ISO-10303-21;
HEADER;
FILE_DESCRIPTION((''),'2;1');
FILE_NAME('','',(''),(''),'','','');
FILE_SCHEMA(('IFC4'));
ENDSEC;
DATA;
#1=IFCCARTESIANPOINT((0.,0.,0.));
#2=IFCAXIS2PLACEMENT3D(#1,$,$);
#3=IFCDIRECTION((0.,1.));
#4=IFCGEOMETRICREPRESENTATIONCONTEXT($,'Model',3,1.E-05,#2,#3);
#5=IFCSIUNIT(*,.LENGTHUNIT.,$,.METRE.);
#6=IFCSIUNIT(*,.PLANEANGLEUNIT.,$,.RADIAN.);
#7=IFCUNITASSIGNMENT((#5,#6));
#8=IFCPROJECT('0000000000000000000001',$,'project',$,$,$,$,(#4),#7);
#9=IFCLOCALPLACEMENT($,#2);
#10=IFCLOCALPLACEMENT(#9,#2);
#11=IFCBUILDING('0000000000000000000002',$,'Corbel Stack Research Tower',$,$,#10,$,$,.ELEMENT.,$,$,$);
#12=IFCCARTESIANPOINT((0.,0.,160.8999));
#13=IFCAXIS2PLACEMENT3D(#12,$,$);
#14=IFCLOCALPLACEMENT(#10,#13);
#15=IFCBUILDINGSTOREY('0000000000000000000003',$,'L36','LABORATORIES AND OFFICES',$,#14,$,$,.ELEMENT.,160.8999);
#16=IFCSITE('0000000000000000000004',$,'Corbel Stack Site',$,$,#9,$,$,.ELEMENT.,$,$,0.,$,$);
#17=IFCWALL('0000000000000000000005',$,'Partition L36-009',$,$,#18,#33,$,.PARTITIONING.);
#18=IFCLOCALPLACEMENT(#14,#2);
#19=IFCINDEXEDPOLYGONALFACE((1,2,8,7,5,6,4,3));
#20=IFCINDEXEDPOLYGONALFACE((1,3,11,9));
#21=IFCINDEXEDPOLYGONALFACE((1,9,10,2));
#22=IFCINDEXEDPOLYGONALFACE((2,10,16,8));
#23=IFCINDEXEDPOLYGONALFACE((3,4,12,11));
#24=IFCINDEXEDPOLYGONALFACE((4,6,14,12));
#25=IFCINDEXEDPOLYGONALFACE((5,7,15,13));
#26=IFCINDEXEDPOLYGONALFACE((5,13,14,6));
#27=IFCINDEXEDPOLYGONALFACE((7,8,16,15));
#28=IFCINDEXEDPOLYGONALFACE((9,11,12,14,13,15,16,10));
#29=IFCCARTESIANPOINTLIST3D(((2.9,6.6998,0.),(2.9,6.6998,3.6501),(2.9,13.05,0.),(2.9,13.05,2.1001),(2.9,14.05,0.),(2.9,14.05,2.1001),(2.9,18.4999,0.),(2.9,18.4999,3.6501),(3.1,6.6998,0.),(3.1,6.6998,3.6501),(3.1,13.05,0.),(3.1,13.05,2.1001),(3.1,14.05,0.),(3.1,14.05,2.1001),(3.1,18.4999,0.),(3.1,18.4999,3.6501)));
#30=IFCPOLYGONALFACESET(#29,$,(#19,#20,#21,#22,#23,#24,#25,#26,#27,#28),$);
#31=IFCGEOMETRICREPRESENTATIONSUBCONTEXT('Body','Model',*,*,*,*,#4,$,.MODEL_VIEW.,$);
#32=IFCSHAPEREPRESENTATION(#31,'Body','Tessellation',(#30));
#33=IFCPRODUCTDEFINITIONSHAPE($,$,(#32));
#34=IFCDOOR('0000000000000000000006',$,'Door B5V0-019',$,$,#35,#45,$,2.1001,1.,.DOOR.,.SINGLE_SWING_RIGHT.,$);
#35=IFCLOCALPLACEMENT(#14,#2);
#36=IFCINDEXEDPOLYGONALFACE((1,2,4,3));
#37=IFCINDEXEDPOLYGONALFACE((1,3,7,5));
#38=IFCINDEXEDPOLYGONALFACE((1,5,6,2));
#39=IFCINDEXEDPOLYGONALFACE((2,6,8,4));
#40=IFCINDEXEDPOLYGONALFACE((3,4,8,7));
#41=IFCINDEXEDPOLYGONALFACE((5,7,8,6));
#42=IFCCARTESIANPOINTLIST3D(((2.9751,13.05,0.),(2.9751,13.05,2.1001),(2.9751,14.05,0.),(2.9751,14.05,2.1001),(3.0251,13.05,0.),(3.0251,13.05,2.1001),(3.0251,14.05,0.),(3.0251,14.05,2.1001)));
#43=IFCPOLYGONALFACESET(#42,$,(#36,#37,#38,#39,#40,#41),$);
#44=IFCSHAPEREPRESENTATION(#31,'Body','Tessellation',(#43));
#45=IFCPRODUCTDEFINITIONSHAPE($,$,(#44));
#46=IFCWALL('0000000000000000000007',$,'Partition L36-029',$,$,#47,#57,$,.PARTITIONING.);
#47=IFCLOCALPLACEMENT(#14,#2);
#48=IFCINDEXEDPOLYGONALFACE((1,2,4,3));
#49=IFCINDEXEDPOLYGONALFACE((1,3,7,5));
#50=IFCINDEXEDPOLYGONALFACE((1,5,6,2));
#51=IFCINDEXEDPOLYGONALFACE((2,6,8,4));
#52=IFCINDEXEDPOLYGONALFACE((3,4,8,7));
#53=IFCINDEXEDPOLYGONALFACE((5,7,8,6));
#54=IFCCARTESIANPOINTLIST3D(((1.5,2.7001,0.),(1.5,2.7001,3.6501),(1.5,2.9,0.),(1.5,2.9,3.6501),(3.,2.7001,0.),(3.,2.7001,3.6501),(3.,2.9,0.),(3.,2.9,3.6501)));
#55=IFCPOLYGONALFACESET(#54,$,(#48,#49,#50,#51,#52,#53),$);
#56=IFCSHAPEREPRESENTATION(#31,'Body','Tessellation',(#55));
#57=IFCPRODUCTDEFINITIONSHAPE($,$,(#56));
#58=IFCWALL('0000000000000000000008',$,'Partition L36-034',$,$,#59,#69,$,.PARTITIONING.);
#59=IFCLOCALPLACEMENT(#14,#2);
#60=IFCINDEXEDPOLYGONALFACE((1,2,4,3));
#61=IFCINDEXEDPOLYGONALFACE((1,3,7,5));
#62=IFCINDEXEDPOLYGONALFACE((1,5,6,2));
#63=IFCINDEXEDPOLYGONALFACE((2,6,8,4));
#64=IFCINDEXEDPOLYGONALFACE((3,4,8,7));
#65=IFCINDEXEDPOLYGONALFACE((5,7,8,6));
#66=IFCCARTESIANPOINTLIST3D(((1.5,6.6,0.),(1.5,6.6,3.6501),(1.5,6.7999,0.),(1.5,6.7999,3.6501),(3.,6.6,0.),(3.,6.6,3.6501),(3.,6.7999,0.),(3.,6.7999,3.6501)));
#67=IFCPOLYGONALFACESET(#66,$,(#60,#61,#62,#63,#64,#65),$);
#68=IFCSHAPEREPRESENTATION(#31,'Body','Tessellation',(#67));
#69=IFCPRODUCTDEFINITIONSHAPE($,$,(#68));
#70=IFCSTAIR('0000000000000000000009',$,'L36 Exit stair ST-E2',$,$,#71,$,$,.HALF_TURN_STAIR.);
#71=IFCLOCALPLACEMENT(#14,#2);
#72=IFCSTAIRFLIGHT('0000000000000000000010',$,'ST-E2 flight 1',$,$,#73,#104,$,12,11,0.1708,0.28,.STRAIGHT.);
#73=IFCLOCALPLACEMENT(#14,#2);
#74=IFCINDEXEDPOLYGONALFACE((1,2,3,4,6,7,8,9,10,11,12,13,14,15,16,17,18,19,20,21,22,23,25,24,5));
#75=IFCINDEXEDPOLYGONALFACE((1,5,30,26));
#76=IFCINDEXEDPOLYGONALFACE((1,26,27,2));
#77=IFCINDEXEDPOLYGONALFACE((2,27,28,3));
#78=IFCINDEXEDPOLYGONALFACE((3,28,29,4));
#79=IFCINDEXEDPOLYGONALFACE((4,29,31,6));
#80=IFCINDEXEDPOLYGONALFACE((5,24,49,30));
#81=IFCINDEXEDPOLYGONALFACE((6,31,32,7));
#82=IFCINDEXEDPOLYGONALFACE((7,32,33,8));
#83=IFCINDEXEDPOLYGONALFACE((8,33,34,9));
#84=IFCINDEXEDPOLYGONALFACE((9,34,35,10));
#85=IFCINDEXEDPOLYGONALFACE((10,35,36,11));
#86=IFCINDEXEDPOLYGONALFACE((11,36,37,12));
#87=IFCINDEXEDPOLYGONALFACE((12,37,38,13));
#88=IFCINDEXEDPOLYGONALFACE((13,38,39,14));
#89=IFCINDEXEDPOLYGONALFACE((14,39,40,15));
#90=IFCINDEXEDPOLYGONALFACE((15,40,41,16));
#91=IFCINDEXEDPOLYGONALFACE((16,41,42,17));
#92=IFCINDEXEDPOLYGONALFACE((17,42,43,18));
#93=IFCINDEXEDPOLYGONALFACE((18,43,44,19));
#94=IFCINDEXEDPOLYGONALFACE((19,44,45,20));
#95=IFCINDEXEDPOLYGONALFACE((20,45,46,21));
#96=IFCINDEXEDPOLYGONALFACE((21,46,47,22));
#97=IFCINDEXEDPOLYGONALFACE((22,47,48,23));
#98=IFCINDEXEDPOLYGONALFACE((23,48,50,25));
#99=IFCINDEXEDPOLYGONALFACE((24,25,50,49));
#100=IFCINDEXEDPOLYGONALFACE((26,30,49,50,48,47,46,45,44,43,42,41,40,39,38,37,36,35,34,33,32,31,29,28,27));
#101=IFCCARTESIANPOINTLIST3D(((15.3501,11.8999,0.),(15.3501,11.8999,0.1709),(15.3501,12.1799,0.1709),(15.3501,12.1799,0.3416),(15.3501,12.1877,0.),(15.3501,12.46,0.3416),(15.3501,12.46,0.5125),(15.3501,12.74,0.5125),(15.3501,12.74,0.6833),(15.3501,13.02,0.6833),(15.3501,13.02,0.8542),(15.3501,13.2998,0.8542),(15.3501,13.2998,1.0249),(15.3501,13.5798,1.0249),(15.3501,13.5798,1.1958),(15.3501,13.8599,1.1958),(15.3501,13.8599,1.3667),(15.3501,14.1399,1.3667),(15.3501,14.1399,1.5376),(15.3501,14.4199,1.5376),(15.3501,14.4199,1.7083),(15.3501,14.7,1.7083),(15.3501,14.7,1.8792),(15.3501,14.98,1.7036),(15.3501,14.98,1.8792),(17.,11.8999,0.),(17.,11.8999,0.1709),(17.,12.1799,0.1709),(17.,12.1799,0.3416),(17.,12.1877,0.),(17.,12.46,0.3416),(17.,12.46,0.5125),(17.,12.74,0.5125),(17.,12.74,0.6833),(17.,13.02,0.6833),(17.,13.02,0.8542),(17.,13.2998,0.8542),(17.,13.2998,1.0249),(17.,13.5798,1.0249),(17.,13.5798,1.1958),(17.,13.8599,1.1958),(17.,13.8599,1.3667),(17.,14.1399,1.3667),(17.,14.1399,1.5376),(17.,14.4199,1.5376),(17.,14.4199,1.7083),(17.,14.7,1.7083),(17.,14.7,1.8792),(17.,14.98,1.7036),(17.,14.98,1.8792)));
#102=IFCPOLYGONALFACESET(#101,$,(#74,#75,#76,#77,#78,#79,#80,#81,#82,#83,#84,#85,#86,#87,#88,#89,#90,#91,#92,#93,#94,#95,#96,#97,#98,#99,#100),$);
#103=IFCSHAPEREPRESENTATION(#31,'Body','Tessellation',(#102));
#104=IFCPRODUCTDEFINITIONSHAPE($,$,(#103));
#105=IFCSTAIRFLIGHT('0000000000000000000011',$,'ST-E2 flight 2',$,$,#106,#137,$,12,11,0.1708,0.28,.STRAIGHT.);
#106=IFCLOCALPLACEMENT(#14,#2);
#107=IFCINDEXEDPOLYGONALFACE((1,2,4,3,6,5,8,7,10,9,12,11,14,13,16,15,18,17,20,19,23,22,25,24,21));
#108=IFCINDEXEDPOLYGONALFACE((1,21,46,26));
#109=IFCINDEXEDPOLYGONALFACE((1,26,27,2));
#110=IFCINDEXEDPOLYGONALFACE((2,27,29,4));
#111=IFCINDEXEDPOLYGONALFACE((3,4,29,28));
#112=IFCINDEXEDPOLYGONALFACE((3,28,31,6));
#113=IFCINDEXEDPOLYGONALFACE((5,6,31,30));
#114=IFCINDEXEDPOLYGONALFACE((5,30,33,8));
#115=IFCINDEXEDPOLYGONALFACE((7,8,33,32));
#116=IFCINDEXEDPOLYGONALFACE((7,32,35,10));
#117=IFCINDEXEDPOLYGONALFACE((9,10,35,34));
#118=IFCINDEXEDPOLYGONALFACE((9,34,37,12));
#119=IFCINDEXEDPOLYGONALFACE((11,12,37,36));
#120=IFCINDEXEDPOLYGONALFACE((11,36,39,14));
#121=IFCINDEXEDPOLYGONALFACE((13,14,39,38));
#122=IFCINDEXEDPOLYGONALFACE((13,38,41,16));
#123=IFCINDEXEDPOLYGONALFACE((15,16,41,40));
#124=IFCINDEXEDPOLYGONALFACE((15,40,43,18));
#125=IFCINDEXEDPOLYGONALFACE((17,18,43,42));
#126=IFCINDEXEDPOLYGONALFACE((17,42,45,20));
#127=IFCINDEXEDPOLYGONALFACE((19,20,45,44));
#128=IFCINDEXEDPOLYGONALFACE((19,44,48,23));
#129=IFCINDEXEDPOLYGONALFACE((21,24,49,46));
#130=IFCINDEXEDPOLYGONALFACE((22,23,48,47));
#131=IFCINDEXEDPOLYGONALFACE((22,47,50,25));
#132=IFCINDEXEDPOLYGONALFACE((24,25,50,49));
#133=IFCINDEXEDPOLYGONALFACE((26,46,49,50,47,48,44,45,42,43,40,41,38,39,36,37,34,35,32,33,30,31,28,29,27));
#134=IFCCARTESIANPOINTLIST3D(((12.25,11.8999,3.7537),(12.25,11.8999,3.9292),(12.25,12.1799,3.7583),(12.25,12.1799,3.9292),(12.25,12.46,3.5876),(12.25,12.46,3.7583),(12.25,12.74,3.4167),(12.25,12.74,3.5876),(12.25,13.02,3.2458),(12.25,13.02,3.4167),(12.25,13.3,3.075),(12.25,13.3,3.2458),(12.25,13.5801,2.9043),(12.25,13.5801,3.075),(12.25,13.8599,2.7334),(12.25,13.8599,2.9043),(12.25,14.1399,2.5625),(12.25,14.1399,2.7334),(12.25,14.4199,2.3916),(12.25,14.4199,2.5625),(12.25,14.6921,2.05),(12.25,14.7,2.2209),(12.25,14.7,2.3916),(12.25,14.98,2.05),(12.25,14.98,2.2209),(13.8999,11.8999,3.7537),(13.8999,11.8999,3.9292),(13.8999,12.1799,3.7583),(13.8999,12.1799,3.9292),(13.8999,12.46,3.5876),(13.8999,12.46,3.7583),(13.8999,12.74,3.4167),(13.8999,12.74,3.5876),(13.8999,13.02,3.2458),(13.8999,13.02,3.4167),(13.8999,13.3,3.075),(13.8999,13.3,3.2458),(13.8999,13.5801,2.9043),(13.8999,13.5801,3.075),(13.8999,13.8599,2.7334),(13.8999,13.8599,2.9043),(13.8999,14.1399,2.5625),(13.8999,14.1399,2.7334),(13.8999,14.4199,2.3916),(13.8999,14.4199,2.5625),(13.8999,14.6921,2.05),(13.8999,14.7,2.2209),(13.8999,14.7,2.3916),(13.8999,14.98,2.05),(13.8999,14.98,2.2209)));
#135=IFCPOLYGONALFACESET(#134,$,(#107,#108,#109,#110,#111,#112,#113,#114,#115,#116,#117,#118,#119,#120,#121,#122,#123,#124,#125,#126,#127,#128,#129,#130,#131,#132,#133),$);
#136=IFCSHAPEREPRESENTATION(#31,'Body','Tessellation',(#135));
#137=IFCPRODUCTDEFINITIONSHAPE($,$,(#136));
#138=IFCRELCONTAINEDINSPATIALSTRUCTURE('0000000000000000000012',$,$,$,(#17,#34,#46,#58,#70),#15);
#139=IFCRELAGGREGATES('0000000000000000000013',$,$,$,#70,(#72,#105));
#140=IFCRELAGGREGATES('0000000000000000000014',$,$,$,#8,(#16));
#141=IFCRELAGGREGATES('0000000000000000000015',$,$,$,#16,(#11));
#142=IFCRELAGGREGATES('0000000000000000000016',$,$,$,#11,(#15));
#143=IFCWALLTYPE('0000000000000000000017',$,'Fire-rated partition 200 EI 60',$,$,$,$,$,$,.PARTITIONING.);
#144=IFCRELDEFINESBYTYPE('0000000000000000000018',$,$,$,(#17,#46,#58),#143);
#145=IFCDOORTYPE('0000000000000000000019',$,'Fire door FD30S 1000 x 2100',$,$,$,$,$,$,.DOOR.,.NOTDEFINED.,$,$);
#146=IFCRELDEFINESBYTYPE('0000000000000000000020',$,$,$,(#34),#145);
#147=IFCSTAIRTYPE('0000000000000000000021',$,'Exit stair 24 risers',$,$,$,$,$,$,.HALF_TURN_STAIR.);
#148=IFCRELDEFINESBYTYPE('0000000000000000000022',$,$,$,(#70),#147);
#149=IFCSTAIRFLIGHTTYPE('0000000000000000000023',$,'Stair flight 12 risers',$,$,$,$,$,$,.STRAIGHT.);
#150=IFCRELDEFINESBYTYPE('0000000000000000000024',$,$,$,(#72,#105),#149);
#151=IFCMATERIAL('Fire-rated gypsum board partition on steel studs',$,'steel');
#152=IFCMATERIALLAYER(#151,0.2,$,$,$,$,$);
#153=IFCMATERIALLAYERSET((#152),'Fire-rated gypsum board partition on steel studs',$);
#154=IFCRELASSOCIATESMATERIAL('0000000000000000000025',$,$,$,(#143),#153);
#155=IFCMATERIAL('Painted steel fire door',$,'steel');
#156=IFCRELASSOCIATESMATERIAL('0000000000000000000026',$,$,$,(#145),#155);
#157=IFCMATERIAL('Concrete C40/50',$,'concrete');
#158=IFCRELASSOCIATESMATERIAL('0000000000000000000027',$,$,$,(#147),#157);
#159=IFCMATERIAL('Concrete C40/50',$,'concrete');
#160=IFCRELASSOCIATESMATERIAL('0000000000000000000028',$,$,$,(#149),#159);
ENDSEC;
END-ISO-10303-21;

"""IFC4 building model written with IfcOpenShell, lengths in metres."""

from ifc_helpers import new_model, si_unit, direction, frame, frame_2d, origin, place, context, subcontext, project, spatial, polyline, rectangle, outline, extrude, material, layer, layer_set, type_object, element, fill, aggregate, save


model = new_model("IFC4")

# Units and contexts
model_context = context("Model", 3, precision=1e-05, world=origin(), true_north=direction((0.0, 1.0)))
body_context = subcontext(model_context, "Body", "Model", "MODEL_VIEW")
ifc_project = project(units=[si_unit("LENGTHUNIT", "METRE"), si_unit("PLANEANGLEUNIT", "RADIAN")], contexts=[model_context])

# Site, building, storey
site_placement = place(None, origin())
site = spatial("IfcSite", under=ifc_project, at=site_placement, Name="Corbel Stack Site", CompositionType="ELEMENT", RefElevation=0.0)
building_placement = place(site_placement, origin())
building = spatial("IfcBuilding", under=site, at=building_placement, Name="Corbel Stack Research Tower", CompositionType="ELEMENT")
storey_placement = place(building_placement, frame((0.0, 0.0, 160.8999)))
storey = spatial("IfcBuildingStorey", under=building, at=storey_placement, Name="L36", Description="LABORATORIES AND OFFICES", CompositionType="ELEMENT", Elevation=160.8999)

# Wall, opening, door
ifc_material_1 = material(Name="Fire-rated gypsum board partition on steel studs", Category="steel")
ifc_layer_1 = layer(ifc_material_1, 0.2)
ifc_layer_set_1 = layer_set([ifc_layer_1], Name="Fire-rated gypsum board partition on steel studs")
wall_type_1 = type_object("IfcWallType", Name="Fire-rated partition 200 EI 60", PredefinedType="PARTITIONING", material=ifc_layer_set_1)
wall_1_placement = place(storey_placement, frame((3.0, 6.7, 0.0), z_axis=(0.0, 0.0, 1.0), x_axis=(0.0, 1.0, 0.0)))
wall_1 = element("IfcWall", 1, at=wall_1_placement, inside=storey, type_object=wall_type_1, Name="Partition L36-009", PredefinedType="PARTITIONING", context=body_context, shape_type="SweptSolid", body=[
    extrude(rectangle(XDim=11.8, YDim=0.2, at=frame_2d((5.8999, 0.0))), origin(), (0.0, 0.0, 1.0), 3.6501),
])
opening_1_placement = place(wall_1_placement, frame((6.3501, 0.0, 0.0)))
opening_1 = element("IfcOpeningElement", 2, at=opening_1_placement, cuts=wall_1, PredefinedType="OPENING", context=body_context, shape_type="SweptSolid", body=[
    extrude(rectangle(XDim=1.0, YDim=2.1001, at=frame_2d((0.5, 1.05))), frame((0.0, 0.1099, 0.0), z_axis=(0.0, -1.0, 0.0), x_axis=(1.0, 0.0, 0.0)), (0.0, 0.0, 1.0), 0.22),
])
ifc_material_2 = material(Name="Painted steel fire door", Category="steel")
door_type_1 = type_object("IfcDoorType", Name="Fire door FD30S 1000 x 2100", OperationType="NOTDEFINED", PredefinedType="DOOR", material=ifc_material_2)
door_1_placement = place(opening_1_placement, origin())
door_1 = element("IfcDoor", 3, at=door_1_placement, inside=storey, type_object=door_type_1, Name="Door B5V0-019", OperationType="SINGLE_SWING_RIGHT", OverallHeight=2.1001, OverallWidth=1.0, PredefinedType="DOOR", context=body_context, shape_type="SweptSolid", body=[
    extrude(rectangle(XDim=1.0, YDim=2.1001, at=frame_2d((0.5, 1.05))), frame((0.0, 0.0249, 0.0), z_axis=(0.0, -1.0, 0.0), x_axis=(1.0, 0.0, 0.0)), (0.0, 0.0, 1.0), 0.05),
])
fill(opening_1, door_1)

# Walls
for number, where, z_axis, x_axis, name in (
    (4, (1.5, 2.8, 0.0), (0.0, 0.0, 1.0), (1.0, 0.0, 0.0), "Partition L36-029"),
    (5, (1.5, 6.7, 0.0), (0.0, 0.0, 1.0), (1.0, 0.0, 0.0), "Partition L36-034"),
):
    element("IfcWall", number, at=place(storey_placement, frame(where, z_axis=z_axis, x_axis=x_axis)), inside=storey, type_object=wall_type_1, Name=name, PredefinedType="PARTITIONING", context=body_context, shape_type="SweptSolid", body=[
        extrude(rectangle(XDim=1.5, YDim=0.2, at=frame_2d((0.75, 0.0))), origin(), (0.0, 0.0, 1.0), 3.6501),
    ])

# Stair, stair flights
ifc_material_3 = material(Name="Concrete C40/50", Category="concrete")
stair_type = type_object("IfcStairType", Name="Exit stair 24 risers", PredefinedType="HALF_TURN_STAIR", material=ifc_material_3)
stair_placement = place(storey_placement, origin())
stair = element("IfcStair", 6, at=stair_placement, inside=storey, type_object=stair_type, Name="L36 Exit stair ST-E2", PredefinedType="HALF_TURN_STAIR")
ifc_material_4 = material(Name="Concrete C40/50", Category="concrete")
stair_flight_type = type_object("IfcStairFlightType", Name="Stair flight 12 risers", PredefinedType="STRAIGHT", material=ifc_material_4)
stair_flight_1_placement = place(storey_placement, frame((16.175, 11.8999, 0.0), z_axis=(0.0, 0.0, 1.0), x_axis=(0.0, 1.0, 0.0)))
stair_flight_1 = element("IfcStairFlight", 7, at=stair_flight_1_placement, type_object=stair_flight_type, Name="ST-E2 flight 1", NumberOfRisers=12, NumberOfTreads=11, PredefinedType="STRAIGHT", RiserHeight=0.1708, TreadLength=0.28, context=body_context, shape_type="SweptSolid", body=[
    extrude(outline(polyline([(0.0, 0.0), (0.0, 0.1709), (0.28, 0.1709), (0.28, 0.3416), (0.5601, 0.3416), (0.5601, 0.5125), (0.8401, 0.5125), (0.8401, 0.6833), (1.1201, 0.6833), (1.1201, 0.8542), (1.3999, 0.8542), (1.3999, 1.0249), (1.6799, 1.0249), (1.6799, 1.1958), (1.96, 1.1958), (1.96, 1.3667), (2.24, 1.3667), (2.24, 1.5376), (2.52, 1.5376), (2.52, 1.7083), (2.8, 1.7083), (2.8, 1.8792), (3.0801, 1.8792), (3.0801, 2.05), (3.0801, 1.7036), (0.2878, 0.0), (0.0, 0.0)])), frame((0.0, 0.825, 0.0), z_axis=(0.0, -1.0, 0.0), x_axis=(1.0, 0.0, 0.0)), (0.0, 0.0, 1.0), 1.6499),
])
stair_flight_2_placement = place(storey_placement, frame((13.075, 14.98, 2.05), z_axis=(0.0, 0.0, 1.0), x_axis=(0.0, -1.0, 0.0)))
stair_flight_2 = element("IfcStairFlight", 8, at=stair_flight_2_placement, type_object=stair_flight_type, Name="ST-E2 flight 2", NumberOfRisers=12, NumberOfTreads=11, PredefinedType="STRAIGHT", RiserHeight=0.1708, TreadLength=0.28, context=body_context, shape_type="SweptSolid", body=[
    extrude(outline(polyline([(0.0, 0.0), (0.0, 0.1709), (0.28, 0.1709), (0.28, 0.3416), (0.5601, 0.3416), (0.5601, 0.5125), (0.8401, 0.5125), (0.8401, 0.6833), (1.1201, 0.6833), (1.1201, 0.8542), (1.3999, 0.8542), (1.3999, 1.0249), (1.6799, 1.0249), (1.6799, 1.1958), (1.96, 1.1958), (1.96, 1.3667), (2.24, 1.3667), (2.24, 1.5376), (2.52, 1.5376), (2.52, 1.7083), (2.8, 1.7083), (2.8, 1.8792), (3.0801, 1.8792), (3.0801, 2.05), (3.0801, 1.7036), (0.2878, 0.0), (0.0, 0.0)])), frame((0.0, 0.825, 0.0), z_axis=(0.0, -1.0, 0.0), x_axis=(1.0, 0.0, 0.0)), (0.0, 0.0, 1.0), 1.6499),
])
aggregate(stair, [stair_flight_1, stair_flight_2])

save(model, "model.ifc")
